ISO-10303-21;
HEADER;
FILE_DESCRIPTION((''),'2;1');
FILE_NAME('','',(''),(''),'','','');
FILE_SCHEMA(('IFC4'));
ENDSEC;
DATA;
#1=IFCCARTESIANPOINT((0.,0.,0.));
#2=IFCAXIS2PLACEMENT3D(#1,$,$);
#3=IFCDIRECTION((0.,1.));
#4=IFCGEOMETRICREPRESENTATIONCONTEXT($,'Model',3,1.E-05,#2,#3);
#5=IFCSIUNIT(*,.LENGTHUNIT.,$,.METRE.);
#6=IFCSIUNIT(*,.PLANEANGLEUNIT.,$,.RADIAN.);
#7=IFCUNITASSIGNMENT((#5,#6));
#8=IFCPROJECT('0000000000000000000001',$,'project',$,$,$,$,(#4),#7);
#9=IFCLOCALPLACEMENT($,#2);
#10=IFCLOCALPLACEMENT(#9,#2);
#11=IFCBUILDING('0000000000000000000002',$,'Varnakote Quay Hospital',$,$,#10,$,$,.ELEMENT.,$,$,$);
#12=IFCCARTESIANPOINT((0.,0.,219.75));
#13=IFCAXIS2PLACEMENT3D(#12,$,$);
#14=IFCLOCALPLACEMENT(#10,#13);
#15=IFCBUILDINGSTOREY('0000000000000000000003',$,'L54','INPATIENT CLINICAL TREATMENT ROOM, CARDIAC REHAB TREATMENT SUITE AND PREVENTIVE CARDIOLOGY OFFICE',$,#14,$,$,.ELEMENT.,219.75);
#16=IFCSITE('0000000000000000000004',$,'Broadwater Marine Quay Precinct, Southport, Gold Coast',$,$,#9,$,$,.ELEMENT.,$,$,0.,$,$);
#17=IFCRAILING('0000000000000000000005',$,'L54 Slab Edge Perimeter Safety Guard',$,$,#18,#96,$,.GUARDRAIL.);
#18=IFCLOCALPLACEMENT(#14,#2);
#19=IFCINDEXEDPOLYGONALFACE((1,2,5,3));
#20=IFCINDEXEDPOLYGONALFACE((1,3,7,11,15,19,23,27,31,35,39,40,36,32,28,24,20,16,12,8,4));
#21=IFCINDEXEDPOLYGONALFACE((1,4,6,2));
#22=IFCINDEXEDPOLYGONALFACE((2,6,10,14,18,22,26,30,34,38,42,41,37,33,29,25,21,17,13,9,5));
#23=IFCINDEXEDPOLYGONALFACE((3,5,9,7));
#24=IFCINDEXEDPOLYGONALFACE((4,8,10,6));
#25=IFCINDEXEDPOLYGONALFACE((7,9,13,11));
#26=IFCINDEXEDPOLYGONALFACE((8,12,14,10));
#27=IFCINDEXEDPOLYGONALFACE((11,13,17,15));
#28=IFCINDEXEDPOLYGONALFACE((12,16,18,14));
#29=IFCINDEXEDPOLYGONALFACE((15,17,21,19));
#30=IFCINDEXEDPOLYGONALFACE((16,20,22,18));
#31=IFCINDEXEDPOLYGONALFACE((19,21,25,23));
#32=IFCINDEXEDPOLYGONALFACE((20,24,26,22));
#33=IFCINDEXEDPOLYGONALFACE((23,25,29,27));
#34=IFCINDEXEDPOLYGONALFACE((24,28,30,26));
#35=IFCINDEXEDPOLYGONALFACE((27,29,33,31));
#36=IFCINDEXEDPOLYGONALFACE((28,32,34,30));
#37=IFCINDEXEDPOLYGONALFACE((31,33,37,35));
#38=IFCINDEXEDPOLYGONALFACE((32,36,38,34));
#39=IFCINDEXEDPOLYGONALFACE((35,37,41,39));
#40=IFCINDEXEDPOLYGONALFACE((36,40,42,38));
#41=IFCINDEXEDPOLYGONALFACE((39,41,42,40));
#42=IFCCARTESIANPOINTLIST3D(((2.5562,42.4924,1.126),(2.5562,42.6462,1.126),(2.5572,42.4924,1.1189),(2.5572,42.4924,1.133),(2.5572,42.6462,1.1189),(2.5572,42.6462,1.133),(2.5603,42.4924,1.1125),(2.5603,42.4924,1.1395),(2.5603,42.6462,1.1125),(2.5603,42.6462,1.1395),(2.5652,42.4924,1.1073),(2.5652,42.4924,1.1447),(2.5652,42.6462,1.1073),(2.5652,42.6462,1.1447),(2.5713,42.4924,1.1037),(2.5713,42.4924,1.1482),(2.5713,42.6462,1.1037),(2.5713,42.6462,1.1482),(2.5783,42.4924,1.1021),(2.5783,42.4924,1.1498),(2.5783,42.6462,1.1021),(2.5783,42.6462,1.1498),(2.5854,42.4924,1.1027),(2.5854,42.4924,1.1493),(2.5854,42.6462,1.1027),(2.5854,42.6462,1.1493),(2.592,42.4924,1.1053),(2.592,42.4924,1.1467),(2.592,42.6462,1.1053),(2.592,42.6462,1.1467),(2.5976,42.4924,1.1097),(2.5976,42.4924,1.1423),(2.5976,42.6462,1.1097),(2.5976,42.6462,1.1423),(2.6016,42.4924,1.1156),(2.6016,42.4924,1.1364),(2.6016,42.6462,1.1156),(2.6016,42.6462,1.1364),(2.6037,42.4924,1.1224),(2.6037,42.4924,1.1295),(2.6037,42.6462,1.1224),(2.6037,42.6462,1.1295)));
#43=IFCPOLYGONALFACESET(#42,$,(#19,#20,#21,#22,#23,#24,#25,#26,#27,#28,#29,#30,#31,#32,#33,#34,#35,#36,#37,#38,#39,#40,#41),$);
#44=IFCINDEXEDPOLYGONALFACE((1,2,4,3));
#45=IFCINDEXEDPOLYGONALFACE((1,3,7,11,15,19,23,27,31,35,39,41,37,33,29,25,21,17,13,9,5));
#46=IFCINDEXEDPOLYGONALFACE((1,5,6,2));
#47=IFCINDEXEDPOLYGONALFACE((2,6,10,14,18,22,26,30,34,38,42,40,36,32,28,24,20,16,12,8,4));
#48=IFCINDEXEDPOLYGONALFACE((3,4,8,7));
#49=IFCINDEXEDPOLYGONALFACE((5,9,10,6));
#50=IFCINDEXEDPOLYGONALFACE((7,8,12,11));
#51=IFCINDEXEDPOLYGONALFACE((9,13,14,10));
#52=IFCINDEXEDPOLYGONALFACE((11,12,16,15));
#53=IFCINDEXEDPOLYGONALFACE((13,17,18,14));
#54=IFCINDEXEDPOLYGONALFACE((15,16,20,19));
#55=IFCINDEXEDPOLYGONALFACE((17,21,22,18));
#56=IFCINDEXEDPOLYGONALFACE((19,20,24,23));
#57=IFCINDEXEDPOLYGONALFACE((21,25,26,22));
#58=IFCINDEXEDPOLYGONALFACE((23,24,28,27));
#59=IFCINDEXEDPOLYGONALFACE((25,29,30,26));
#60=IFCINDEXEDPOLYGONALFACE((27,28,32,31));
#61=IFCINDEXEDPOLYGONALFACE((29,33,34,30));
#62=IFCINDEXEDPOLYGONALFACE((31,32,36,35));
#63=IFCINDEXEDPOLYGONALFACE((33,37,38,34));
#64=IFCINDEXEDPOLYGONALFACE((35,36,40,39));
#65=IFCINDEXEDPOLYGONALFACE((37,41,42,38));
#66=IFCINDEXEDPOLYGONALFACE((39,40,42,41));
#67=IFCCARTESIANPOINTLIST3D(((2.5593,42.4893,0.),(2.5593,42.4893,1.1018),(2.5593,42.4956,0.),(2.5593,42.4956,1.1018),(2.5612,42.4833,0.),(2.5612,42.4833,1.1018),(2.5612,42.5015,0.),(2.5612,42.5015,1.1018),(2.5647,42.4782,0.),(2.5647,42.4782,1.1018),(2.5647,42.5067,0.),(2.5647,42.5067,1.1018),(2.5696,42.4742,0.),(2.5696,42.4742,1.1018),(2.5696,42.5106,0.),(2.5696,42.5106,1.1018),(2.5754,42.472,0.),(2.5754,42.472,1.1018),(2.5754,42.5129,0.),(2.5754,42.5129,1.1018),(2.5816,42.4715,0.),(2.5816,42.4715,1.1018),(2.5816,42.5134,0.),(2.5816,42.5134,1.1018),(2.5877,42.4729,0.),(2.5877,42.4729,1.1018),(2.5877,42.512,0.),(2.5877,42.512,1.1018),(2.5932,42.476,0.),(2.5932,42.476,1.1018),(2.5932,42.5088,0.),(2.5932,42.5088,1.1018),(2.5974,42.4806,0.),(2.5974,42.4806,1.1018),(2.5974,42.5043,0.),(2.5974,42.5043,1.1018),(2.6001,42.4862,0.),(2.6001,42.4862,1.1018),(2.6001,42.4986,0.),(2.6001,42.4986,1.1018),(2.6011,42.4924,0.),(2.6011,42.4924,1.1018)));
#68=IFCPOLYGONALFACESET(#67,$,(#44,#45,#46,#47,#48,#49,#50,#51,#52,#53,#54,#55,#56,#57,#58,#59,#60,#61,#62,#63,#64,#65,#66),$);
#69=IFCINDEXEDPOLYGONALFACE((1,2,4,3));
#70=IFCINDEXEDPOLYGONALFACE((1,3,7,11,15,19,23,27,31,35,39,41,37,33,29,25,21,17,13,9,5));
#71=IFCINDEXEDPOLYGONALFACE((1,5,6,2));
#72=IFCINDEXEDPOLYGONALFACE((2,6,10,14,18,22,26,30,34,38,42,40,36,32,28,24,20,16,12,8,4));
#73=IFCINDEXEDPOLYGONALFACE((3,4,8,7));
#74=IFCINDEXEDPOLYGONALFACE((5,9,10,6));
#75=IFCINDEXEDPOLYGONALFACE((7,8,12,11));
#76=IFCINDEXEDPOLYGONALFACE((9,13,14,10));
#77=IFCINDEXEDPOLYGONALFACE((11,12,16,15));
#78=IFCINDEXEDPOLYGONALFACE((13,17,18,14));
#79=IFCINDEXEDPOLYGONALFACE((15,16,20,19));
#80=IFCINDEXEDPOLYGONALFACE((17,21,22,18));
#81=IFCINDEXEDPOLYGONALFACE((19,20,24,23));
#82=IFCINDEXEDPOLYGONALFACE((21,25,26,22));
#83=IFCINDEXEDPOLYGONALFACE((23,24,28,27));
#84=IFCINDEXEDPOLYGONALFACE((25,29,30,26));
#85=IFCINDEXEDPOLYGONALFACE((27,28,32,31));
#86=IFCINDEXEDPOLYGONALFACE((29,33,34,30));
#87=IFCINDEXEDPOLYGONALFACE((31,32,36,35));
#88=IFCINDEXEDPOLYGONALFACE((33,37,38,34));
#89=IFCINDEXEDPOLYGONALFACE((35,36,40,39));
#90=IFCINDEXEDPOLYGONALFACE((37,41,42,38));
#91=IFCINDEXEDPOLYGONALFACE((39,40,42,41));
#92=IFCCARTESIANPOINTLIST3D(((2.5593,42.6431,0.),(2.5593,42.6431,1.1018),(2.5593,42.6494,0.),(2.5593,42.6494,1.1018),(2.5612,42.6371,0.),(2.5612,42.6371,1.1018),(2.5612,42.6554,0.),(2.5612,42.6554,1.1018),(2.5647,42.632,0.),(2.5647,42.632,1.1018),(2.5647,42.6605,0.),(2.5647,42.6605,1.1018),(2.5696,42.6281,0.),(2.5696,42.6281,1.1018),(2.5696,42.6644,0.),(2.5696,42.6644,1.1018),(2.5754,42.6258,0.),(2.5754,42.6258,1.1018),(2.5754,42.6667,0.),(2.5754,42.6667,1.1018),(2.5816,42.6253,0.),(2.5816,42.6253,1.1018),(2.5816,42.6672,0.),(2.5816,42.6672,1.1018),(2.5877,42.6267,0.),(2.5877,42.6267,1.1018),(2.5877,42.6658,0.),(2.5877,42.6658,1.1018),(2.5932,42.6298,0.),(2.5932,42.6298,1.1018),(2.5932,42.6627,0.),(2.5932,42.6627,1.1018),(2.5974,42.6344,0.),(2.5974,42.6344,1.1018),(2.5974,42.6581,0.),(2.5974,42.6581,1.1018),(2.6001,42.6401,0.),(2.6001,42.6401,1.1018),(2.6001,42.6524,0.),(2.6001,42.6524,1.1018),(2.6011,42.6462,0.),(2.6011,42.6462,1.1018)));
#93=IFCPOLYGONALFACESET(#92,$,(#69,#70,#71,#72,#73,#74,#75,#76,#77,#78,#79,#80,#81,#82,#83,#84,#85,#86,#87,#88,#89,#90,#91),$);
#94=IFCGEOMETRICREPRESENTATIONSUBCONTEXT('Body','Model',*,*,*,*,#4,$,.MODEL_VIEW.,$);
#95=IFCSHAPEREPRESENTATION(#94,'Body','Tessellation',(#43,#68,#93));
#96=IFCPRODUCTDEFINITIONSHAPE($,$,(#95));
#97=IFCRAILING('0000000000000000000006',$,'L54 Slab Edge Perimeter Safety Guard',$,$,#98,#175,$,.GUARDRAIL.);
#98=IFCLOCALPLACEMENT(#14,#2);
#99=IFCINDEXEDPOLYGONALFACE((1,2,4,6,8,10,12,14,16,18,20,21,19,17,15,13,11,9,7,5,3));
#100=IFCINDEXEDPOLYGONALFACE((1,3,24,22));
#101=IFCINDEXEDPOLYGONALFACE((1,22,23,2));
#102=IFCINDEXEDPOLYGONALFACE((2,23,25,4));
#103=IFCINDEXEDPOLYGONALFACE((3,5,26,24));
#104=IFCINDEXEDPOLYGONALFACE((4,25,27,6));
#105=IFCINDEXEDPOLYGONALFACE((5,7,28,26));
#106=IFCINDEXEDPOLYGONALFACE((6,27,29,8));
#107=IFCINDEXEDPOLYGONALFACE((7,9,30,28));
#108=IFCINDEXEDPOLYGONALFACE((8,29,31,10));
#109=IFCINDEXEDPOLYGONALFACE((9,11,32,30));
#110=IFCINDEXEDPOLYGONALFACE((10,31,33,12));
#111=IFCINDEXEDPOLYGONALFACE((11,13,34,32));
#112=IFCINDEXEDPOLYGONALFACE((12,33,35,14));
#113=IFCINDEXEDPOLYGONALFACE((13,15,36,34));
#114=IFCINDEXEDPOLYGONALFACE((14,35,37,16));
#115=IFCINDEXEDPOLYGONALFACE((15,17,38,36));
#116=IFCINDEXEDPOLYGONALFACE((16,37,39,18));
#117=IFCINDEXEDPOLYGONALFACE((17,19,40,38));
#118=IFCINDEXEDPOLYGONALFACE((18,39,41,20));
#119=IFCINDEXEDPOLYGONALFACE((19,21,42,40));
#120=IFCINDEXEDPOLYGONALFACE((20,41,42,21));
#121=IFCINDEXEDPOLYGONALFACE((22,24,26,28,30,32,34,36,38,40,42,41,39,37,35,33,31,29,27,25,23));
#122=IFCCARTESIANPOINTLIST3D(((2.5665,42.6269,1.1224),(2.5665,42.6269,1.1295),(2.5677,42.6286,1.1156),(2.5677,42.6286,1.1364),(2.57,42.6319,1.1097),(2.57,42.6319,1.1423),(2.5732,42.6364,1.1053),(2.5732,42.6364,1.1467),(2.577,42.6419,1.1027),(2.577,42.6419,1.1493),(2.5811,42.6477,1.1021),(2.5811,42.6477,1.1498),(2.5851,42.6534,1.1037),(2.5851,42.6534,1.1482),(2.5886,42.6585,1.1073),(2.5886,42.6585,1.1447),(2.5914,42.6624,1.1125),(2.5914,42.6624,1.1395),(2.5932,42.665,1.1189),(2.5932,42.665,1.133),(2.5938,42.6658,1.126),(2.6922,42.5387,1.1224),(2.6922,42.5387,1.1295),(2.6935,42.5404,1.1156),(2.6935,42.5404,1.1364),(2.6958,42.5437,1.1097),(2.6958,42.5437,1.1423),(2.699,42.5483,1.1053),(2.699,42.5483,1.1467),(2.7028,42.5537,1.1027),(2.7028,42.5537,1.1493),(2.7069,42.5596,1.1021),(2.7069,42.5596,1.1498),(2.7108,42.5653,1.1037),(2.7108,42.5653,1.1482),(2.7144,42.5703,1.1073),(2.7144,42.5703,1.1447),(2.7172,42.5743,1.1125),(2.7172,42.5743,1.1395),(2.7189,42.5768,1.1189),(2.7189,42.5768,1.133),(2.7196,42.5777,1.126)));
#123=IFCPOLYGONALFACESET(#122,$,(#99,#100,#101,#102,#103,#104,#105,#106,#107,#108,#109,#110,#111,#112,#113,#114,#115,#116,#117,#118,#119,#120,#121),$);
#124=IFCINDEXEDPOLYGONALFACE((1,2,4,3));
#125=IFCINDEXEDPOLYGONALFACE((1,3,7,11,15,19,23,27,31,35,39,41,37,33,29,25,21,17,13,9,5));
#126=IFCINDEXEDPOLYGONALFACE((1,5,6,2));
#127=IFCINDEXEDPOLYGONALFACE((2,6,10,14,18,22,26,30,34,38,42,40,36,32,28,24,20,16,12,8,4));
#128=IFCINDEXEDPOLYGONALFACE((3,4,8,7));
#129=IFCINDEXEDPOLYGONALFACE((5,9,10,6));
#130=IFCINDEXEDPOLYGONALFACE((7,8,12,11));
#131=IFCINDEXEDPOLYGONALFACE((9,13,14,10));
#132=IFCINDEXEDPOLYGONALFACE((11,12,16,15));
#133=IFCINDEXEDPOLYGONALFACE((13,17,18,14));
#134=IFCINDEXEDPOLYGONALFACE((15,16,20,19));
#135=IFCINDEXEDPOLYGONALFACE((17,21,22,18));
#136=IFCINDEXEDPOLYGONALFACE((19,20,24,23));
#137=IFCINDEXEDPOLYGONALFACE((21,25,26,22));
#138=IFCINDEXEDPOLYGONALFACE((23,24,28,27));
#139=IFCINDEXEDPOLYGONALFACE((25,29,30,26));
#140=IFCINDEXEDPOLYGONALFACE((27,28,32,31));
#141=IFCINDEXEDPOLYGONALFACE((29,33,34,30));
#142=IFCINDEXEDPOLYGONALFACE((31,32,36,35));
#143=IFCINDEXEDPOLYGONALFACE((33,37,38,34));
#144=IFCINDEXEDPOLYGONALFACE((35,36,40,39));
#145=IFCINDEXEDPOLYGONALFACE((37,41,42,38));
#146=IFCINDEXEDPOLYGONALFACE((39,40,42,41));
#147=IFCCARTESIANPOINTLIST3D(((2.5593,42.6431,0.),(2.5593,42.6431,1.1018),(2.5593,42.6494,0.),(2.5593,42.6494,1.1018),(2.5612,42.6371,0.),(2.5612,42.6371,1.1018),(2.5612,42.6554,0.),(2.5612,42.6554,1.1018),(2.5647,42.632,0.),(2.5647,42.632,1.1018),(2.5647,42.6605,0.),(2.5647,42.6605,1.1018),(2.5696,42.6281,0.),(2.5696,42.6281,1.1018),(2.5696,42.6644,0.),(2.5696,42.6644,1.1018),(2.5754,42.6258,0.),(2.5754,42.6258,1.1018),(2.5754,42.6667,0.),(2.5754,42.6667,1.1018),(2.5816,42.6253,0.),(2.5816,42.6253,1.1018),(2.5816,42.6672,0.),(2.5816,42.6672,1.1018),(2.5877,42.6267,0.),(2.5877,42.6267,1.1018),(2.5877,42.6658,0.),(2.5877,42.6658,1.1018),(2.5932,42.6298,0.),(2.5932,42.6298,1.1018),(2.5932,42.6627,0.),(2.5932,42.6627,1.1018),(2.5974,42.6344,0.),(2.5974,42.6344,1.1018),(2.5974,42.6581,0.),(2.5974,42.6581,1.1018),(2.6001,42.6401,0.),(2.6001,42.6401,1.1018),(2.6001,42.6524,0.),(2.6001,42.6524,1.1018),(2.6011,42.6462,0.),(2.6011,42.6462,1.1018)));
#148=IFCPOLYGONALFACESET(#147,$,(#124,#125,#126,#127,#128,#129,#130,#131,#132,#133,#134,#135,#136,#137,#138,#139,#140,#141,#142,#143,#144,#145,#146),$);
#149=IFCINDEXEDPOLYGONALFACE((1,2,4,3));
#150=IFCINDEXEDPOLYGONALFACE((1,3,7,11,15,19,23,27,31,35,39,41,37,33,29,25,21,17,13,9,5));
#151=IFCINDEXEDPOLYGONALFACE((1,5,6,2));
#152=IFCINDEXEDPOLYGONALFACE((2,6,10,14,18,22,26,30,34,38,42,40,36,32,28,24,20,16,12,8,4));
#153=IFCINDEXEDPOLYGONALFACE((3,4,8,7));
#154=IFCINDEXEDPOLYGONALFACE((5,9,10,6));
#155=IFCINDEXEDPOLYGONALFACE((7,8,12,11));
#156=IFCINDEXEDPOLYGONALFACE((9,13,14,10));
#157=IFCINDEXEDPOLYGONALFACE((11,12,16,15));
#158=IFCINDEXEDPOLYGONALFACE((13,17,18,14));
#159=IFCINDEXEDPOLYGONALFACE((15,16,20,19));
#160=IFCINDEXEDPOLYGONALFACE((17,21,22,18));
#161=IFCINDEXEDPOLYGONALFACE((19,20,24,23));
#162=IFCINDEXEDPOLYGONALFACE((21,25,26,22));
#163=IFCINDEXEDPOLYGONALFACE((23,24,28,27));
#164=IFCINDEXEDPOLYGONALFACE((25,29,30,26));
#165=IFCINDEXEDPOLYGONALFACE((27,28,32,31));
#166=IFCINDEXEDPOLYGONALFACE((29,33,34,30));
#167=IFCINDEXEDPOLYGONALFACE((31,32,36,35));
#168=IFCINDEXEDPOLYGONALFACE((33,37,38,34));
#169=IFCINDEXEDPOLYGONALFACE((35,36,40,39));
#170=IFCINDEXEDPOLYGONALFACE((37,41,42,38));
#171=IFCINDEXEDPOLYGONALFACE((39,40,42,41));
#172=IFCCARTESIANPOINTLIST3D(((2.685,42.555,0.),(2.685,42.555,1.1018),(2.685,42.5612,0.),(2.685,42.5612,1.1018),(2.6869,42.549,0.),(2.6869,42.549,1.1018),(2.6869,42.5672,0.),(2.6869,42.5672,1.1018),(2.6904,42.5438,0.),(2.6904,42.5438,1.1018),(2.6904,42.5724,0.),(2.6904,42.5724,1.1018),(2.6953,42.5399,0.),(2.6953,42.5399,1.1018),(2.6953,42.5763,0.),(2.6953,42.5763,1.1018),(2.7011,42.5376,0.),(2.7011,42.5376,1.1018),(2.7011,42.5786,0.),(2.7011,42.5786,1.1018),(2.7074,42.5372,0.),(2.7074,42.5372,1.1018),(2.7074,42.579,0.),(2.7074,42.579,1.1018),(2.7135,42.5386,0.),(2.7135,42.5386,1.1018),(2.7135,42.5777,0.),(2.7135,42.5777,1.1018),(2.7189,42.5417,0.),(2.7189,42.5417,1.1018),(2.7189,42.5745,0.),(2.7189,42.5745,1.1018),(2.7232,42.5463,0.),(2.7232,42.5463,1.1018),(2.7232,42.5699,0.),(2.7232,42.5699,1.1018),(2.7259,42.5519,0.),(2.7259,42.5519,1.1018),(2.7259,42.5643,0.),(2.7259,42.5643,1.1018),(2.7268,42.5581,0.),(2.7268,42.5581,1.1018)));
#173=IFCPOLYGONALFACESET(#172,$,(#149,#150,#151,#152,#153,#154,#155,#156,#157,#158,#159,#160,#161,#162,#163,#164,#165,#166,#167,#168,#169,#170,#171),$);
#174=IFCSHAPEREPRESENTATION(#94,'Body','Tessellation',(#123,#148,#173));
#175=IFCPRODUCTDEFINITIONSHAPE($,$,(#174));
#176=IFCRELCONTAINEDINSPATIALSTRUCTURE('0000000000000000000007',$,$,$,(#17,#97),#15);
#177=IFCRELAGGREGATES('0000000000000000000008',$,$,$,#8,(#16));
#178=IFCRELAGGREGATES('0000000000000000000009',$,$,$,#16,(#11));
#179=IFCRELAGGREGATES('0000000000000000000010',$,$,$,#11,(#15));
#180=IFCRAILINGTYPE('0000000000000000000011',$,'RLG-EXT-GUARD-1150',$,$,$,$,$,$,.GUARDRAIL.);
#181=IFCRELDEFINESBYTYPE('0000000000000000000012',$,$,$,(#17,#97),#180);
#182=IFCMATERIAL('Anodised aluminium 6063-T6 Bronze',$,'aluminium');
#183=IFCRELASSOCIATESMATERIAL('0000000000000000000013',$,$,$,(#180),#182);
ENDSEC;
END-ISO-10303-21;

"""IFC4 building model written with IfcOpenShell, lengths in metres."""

from ifc_helpers import new_model, si_unit, direction, frame, origin, origin_2d, place, context, subcontext, project, spatial, circle, extrude, material, type_object, element, save


model = new_model("IFC4")

# Units and contexts
model_context = context("Model", 3, precision=1e-05, world=origin(), true_north=direction((0.0, 1.0)))
body_context = subcontext(model_context, "Body", "Model", "MODEL_VIEW")
ifc_project = project(units=[si_unit("LENGTHUNIT", "METRE"), si_unit("PLANEANGLEUNIT", "RADIAN")], contexts=[model_context])

# Site, building, storey
site_placement = place(None, origin())
site = spatial("IfcSite", under=ifc_project, at=site_placement, Name="Broadwater Marine Quay Precinct, Southport, Gold Coast", CompositionType="ELEMENT", RefElevation=0.0)
building_placement = place(site_placement, origin())
building = spatial("IfcBuilding", under=site, at=building_placement, Name="Varnakote Quay Hospital", CompositionType="ELEMENT")
storey_placement = place(building_placement, frame((0.0, 0.0, 219.75)))
storey = spatial("IfcBuildingStorey", under=building, at=storey_placement, Name="L54", Description="INPATIENT CLINICAL TREATMENT ROOM, CARDIAC REHAB TREATMENT SUITE AND PREVENTIVE CARDIOLOGY OFFICE", CompositionType="ELEMENT", Elevation=219.75)

# Railings
ifc_material_1 = material(Name="Anodised aluminium 6063-T6 Bronze", Category="aluminium")
railing_type = type_object("IfcRailingType", Name="RLG-EXT-GUARD-1150", PredefinedType="GUARDRAIL", material=ifc_material_1)
railing_1_placement = place(storey_placement, frame((2.5801, 42.4924, 0.0)))
element("IfcRailing", 1, at=railing_1_placement, inside=storey, type_object=railing_type, Name="L54 Slab Edge Perimeter Safety Guard", PredefinedType="GUARDRAIL", context=body_context, shape_type="SweptSolid", body=[
    extrude(circle(Radius=0.0239, at=origin_2d()), frame((0.0, 0.0, 1.126), z_axis=(0.0, 1.0, 0.0), x_axis=(-1.0, 0.0, 0.0)), (0.0, 0.0, 1.0), 0.1538),
    extrude(circle(Radius=0.021, at=origin_2d()), origin(), (0.0, 0.0, 1.0), 1.1018),
    extrude(circle(Radius=0.021, at=origin_2d()), frame((0.0, 0.1538, 0.0)), (0.0, 0.0, 1.0), 1.1018),
])
railing_2_placement = place(storey_placement, frame((2.5801, 42.6462, 0.0)))
element("IfcRailing", 2, at=railing_2_placement, inside=storey, type_object=railing_type, Name="L54 Slab Edge Perimeter Safety Guard", PredefinedType="GUARDRAIL", context=body_context, shape_type="SweptSolid", body=[
    extrude(circle(Radius=0.0239, at=origin_2d()), frame((0.0, 0.0, 1.126), z_axis=(0.818858, -0.573996, 0.0), x_axis=(0.573996, 0.818858, 0.0)), (0.0, 0.0, 1.0), 0.1536),
    extrude(circle(Radius=0.021, at=origin_2d()), origin(), (0.0, 0.0, 1.0), 1.1018),
    extrude(circle(Radius=0.021, at=origin_2d()), frame((0.1257, -0.0881, 0.0)), (0.0, 0.0, 1.0), 1.1018),
])

save(model, "model.ifc")
